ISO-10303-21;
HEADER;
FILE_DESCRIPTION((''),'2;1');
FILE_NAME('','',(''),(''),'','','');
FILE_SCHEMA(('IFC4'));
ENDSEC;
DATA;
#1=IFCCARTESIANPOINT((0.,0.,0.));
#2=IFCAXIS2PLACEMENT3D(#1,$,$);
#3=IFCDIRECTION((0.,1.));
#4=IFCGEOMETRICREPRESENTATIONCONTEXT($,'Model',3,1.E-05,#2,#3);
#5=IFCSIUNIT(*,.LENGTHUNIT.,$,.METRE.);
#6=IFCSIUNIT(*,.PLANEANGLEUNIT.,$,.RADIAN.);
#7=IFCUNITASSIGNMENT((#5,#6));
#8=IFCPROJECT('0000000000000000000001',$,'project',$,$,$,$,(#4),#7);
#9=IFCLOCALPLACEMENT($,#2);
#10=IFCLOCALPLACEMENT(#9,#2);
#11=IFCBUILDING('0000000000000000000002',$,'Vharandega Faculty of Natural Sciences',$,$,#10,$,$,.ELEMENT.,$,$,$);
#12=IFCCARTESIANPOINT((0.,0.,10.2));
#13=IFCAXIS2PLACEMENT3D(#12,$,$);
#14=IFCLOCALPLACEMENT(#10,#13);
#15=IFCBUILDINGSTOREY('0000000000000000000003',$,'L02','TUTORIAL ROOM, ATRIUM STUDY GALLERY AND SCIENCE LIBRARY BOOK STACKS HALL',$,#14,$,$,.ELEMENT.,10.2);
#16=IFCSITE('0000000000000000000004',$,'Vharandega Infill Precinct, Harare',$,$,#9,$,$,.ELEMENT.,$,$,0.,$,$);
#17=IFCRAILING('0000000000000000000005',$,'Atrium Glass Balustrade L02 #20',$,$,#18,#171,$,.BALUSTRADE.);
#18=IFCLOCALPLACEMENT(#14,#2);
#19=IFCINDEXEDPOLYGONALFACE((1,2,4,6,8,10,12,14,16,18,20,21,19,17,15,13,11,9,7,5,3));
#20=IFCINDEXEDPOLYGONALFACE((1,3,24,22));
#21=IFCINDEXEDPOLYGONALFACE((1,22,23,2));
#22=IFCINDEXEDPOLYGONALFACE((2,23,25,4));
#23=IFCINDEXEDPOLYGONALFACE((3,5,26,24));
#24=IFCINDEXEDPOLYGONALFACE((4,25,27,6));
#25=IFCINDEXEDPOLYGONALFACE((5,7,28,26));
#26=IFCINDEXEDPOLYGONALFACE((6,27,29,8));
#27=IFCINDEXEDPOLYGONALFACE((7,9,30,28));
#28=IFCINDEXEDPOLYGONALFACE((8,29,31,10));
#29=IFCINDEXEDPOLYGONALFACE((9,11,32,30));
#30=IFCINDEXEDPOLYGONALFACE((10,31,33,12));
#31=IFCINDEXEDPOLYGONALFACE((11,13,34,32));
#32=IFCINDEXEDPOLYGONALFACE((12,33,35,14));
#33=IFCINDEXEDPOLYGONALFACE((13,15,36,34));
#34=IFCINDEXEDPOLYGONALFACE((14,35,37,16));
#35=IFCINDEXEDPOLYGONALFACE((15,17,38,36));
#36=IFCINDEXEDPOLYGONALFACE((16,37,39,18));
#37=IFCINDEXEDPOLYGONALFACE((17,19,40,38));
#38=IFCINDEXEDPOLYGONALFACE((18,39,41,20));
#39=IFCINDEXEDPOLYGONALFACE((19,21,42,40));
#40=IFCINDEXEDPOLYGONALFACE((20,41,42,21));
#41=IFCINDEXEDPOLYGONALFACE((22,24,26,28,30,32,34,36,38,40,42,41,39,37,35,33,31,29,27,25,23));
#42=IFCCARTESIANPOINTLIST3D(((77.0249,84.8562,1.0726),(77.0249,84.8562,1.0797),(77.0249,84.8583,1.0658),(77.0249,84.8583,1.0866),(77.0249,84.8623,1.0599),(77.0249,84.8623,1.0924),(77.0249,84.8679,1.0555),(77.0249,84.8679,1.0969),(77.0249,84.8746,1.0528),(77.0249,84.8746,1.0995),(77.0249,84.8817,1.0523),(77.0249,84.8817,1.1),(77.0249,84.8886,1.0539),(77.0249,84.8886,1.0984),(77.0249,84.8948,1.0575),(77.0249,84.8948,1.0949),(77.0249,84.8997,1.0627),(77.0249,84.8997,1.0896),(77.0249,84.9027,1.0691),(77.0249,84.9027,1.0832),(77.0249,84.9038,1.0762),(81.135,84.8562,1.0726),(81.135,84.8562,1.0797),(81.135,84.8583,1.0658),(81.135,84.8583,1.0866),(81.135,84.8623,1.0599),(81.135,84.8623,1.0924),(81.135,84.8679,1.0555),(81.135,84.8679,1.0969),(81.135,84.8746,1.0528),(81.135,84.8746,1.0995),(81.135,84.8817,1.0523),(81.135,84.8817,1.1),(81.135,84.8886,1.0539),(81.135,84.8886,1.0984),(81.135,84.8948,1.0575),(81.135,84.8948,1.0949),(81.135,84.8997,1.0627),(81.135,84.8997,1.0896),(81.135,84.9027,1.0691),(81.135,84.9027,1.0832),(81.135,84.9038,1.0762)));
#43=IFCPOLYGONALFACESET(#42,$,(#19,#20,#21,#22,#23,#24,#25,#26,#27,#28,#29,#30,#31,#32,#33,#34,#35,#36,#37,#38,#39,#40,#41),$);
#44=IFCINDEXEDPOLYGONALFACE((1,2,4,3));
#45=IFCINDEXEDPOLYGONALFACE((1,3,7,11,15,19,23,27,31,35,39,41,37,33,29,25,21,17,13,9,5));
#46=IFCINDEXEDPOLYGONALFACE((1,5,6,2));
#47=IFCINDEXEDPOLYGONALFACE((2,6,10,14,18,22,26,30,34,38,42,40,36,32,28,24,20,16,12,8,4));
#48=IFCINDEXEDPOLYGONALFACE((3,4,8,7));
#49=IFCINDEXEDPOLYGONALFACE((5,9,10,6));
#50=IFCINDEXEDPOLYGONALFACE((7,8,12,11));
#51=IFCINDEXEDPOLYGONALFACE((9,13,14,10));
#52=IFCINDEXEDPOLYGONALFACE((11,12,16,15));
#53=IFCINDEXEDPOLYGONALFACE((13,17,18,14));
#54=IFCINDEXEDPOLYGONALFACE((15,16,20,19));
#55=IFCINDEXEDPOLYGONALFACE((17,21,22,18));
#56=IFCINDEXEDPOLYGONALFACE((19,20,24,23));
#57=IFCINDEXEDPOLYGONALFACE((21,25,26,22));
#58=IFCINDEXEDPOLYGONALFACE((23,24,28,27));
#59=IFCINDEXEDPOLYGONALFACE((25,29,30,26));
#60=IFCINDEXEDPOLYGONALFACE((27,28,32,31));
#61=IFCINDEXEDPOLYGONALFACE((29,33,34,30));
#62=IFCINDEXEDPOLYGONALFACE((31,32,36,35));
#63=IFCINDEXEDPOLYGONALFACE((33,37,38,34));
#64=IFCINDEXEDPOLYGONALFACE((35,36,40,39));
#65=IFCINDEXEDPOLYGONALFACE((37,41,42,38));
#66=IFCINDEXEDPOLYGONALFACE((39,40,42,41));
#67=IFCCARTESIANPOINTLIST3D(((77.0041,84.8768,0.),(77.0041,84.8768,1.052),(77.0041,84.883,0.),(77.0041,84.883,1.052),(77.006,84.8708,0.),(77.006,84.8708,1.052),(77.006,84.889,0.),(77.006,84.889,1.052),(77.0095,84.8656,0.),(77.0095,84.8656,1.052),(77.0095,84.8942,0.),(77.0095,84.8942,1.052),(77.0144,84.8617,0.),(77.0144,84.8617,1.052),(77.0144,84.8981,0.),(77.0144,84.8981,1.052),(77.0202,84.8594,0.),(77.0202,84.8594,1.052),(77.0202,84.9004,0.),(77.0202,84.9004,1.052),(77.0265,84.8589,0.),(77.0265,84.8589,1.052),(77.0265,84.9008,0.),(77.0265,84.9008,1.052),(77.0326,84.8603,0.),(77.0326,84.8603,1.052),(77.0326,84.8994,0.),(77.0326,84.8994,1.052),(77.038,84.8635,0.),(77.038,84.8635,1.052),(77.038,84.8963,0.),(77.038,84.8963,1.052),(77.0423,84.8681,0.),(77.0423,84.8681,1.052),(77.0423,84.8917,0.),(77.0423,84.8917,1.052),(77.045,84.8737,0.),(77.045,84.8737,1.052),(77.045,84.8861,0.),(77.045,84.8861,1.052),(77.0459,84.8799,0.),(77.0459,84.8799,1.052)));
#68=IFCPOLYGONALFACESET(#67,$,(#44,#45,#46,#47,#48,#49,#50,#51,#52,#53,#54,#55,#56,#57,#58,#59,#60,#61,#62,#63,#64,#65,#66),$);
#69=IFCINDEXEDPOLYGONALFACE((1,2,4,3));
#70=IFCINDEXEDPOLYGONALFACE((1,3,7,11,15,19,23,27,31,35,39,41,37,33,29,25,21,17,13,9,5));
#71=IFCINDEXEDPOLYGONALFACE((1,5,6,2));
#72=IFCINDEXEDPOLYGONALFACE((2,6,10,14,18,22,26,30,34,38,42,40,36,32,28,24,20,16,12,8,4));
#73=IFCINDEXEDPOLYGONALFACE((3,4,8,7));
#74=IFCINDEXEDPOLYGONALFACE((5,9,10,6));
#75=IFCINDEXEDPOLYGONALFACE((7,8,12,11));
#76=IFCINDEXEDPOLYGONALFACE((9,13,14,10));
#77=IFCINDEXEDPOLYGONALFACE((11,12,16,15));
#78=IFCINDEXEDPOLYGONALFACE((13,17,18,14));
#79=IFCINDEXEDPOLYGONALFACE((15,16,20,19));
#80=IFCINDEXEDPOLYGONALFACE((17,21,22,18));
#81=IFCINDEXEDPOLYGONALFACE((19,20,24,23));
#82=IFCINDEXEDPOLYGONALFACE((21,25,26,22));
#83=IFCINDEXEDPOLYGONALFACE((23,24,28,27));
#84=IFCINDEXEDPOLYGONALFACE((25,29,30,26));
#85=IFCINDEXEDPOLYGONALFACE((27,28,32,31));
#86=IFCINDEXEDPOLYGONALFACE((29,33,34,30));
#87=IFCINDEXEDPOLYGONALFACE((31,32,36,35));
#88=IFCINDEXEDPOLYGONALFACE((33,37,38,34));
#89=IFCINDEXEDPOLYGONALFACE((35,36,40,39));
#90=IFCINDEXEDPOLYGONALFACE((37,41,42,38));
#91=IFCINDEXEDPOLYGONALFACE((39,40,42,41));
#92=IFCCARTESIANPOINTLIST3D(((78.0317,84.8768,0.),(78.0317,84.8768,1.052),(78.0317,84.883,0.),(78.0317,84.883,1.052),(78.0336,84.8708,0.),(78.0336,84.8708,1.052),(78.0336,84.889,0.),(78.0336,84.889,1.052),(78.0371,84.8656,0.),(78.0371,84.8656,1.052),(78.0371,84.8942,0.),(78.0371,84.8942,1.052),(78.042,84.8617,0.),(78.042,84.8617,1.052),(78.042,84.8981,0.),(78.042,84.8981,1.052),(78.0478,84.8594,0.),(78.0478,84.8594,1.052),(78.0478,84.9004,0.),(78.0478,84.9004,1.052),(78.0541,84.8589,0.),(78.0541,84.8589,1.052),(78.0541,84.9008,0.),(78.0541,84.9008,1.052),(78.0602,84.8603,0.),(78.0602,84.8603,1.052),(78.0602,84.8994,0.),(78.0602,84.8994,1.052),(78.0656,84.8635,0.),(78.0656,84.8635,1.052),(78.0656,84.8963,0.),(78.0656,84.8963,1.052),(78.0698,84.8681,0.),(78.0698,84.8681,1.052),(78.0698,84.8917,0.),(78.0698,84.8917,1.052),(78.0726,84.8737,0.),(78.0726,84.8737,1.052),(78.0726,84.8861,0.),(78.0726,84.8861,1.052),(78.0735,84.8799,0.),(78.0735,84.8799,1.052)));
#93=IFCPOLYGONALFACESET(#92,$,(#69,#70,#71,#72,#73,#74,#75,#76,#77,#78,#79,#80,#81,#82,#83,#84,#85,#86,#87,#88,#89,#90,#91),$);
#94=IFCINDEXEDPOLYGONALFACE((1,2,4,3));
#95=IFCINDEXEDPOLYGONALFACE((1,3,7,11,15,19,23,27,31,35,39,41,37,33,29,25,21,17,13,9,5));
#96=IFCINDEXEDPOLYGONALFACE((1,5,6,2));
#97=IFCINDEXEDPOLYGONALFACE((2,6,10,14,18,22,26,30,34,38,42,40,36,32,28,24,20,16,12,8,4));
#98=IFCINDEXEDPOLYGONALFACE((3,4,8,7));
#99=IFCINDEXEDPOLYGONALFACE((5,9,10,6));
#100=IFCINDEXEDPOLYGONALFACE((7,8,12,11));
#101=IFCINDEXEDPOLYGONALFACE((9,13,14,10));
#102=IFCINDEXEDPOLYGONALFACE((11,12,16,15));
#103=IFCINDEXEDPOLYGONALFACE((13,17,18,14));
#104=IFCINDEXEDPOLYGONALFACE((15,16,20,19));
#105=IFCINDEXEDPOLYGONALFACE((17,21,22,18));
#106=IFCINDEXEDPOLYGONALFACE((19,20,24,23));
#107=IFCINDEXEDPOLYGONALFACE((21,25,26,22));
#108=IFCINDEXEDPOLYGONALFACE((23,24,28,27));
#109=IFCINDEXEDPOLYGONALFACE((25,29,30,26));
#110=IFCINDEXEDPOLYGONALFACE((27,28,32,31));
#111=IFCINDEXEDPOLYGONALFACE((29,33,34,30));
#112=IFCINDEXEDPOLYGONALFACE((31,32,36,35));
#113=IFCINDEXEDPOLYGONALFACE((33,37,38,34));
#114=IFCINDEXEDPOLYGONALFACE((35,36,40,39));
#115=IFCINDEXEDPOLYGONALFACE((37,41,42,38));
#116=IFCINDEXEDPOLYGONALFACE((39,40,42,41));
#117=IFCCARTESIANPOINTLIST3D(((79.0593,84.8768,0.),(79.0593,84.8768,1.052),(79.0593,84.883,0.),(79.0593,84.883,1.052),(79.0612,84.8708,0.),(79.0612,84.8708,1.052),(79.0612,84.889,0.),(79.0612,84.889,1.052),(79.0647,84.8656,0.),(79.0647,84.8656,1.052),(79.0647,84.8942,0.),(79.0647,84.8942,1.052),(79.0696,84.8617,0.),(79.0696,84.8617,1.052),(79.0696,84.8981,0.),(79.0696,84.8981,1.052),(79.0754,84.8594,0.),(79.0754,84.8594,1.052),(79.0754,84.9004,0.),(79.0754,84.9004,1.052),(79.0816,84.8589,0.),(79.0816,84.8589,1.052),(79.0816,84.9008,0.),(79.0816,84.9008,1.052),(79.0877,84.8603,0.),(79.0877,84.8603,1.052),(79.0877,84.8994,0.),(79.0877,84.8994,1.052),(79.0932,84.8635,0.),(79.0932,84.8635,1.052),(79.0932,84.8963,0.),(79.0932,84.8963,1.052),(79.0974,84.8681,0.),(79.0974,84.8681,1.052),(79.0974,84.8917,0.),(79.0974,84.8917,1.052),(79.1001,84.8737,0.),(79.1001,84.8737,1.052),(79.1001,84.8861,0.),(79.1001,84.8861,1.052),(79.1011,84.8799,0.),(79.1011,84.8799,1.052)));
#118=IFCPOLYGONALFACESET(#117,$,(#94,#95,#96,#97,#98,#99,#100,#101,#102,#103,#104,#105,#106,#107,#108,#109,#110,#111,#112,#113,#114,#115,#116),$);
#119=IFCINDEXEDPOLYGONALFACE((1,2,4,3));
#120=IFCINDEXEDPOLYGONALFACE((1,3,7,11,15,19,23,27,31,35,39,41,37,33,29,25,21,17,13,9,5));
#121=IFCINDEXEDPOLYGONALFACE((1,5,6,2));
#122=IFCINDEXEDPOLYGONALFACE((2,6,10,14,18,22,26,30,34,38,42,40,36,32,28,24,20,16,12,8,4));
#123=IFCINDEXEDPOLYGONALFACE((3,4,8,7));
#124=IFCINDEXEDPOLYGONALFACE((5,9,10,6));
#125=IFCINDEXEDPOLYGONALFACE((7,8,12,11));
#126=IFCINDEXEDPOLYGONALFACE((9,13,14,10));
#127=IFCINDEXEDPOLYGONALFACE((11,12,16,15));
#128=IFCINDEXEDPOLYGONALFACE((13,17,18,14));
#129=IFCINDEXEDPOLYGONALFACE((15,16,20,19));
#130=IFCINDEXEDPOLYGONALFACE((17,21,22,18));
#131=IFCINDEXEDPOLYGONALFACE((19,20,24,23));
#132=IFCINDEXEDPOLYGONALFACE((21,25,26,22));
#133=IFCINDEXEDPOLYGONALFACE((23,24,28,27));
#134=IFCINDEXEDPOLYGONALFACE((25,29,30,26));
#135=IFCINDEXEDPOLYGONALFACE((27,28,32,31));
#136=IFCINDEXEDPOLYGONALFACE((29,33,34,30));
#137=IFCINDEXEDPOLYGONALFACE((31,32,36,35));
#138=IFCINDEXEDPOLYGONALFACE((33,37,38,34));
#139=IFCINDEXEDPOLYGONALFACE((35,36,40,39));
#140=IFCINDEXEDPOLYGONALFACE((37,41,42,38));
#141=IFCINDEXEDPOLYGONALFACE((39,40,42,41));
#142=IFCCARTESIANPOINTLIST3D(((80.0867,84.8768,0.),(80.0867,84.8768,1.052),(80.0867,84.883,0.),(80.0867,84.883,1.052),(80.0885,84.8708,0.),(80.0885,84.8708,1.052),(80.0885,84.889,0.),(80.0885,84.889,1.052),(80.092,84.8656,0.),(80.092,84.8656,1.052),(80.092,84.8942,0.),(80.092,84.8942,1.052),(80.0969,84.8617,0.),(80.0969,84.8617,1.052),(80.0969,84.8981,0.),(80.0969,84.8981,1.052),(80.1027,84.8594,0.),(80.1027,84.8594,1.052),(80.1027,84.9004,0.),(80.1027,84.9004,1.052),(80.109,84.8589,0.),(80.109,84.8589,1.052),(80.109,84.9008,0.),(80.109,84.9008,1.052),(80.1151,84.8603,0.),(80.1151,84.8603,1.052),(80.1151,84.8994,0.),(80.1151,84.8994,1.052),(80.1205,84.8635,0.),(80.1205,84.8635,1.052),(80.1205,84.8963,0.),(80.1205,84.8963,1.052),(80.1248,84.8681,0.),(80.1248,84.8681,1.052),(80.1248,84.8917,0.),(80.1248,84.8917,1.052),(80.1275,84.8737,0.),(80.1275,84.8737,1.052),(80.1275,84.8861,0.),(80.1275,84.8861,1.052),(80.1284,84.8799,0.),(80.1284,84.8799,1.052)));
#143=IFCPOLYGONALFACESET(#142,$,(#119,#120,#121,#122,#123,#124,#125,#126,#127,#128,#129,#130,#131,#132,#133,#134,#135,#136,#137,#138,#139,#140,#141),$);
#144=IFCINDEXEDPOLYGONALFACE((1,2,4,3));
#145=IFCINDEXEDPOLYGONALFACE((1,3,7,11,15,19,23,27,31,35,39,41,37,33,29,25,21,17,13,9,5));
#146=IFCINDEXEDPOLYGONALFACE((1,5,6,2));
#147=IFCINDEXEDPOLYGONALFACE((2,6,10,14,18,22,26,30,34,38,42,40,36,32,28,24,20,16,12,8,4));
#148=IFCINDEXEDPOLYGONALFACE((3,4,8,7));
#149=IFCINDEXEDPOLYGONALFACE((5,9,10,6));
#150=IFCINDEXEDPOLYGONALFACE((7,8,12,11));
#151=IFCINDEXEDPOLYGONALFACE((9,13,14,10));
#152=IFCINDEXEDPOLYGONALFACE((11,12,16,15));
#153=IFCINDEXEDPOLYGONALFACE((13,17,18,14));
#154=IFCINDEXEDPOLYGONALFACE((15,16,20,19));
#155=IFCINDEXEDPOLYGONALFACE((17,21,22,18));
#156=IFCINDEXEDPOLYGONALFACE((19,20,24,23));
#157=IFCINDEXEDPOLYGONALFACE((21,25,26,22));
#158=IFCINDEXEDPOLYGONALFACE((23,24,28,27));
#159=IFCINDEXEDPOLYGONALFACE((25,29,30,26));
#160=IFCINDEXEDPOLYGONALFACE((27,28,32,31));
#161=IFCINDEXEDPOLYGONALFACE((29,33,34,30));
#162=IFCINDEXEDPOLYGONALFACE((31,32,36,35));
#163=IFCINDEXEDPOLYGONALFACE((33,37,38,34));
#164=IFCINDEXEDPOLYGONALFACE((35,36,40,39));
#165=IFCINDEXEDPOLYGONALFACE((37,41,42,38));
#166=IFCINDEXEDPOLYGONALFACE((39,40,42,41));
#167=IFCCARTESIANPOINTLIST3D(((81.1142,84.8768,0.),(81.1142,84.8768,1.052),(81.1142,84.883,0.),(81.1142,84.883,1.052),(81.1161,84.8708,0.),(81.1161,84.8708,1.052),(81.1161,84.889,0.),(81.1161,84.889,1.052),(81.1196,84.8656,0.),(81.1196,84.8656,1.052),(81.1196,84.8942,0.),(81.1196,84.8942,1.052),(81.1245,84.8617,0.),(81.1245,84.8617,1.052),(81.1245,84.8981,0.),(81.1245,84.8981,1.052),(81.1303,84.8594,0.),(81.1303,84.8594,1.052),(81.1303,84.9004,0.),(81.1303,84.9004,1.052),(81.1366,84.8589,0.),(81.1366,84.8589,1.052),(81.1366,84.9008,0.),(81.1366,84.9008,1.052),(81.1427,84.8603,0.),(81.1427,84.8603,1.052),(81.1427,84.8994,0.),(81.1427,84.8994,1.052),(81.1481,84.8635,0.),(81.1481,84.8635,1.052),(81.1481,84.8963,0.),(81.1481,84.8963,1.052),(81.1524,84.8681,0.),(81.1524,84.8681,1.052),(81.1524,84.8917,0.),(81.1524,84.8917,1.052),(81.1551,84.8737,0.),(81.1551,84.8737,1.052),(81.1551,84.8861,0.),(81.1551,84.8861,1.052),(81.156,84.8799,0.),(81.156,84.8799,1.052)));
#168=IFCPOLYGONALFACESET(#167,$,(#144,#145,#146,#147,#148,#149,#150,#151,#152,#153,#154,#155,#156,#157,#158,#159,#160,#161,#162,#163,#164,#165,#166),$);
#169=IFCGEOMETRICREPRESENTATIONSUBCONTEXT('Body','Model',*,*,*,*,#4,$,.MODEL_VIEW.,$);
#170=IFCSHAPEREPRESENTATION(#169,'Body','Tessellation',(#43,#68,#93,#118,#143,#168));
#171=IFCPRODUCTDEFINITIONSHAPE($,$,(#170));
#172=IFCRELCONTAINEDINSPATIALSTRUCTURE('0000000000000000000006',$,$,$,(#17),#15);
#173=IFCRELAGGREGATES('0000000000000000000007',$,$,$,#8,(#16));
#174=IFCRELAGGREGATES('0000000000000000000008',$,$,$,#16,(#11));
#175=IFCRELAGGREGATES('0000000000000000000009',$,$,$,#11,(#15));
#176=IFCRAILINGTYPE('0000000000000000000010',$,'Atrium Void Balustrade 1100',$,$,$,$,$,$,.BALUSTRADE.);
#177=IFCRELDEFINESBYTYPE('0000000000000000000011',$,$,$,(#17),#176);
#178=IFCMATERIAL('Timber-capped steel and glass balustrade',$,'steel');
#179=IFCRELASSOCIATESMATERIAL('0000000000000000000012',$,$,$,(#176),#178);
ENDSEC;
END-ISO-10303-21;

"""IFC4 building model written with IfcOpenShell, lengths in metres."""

from ifc_helpers import new_model, si_unit, direction, frame, origin, origin_2d, place, context, subcontext, project, spatial, circle, extrude, material, type_object, element, save


model = new_model("IFC4")

# Units and contexts
model_context = context("Model", 3, precision=1e-05, world=origin(), true_north=direction((0.0, 1.0)))
body_context = subcontext(model_context, "Body", "Model", "MODEL_VIEW")
ifc_project = project(units=[si_unit("LENGTHUNIT", "METRE"), si_unit("PLANEANGLEUNIT", "RADIAN")], contexts=[model_context])

# Site, building, storey
site_placement = place(None, origin())
site = spatial("IfcSite", under=ifc_project, at=site_placement, Name="Vharandega Infill Precinct, Harare", CompositionType="ELEMENT", RefElevation=0.0)
building_placement = place(site_placement, origin())
building = spatial("IfcBuilding", under=site, at=building_placement, Name="Vharandega Faculty of Natural Sciences", CompositionType="ELEMENT")
storey_placement = place(building_placement, frame((0.0, 0.0, 10.2)))
storey = spatial("IfcBuildingStorey", under=building, at=storey_placement, Name="L02", Description="TUTORIAL ROOM, ATRIUM STUDY GALLERY AND SCIENCE LIBRARY BOOK STACKS HALL", CompositionType="ELEMENT", Elevation=10.2)

# Railing
ifc_material_1 = material(Name="Timber-capped steel and glass balustrade", Category="steel")
railing_type = type_object("IfcRailingType", Name="Atrium Void Balustrade 1100", PredefinedType="BALUSTRADE", material=ifc_material_1)
for number, where, name in (
    (1, (77.0249, 84.8799, 0.0), "Atrium Glass Balustrade L02 #20"),
):
    element("IfcRailing", number, at=place(storey_placement, frame(where)), inside=storey, type_object=railing_type, Name=name, PredefinedType="BALUSTRADE", context=body_context, shape_type="SweptSolid", body=[
        extrude(circle(Radius=0.0239, at=origin_2d()), frame((0.0, 0.0, 1.0762), z_axis=(1.0, 0.0, 0.0), x_axis=(0.0, 1.0, 0.0)), (0.0, 0.0, 1.0), 4.1101),
        extrude(circle(Radius=0.021, at=origin_2d()), origin(), (0.0, 0.0, 1.0), 1.052),
        extrude(circle(Radius=0.021, at=origin_2d()), frame((1.0276, 0.0, 0.0)), (0.0, 0.0, 1.0), 1.052),
        extrude(circle(Radius=0.021, at=origin_2d()), frame((2.0552, 0.0, 0.0)), (0.0, 0.0, 1.0), 1.052),
        extrude(circle(Radius=0.021, at=origin_2d()), frame((3.0825, 0.0, 0.0)), (0.0, 0.0, 1.0), 1.052),
        extrude(circle(Radius=0.021, at=origin_2d()), frame((4.1101, 0.0, 0.0)), (0.0, 0.0, 1.0), 1.052),
    ])

save(model, "model.ifc")
